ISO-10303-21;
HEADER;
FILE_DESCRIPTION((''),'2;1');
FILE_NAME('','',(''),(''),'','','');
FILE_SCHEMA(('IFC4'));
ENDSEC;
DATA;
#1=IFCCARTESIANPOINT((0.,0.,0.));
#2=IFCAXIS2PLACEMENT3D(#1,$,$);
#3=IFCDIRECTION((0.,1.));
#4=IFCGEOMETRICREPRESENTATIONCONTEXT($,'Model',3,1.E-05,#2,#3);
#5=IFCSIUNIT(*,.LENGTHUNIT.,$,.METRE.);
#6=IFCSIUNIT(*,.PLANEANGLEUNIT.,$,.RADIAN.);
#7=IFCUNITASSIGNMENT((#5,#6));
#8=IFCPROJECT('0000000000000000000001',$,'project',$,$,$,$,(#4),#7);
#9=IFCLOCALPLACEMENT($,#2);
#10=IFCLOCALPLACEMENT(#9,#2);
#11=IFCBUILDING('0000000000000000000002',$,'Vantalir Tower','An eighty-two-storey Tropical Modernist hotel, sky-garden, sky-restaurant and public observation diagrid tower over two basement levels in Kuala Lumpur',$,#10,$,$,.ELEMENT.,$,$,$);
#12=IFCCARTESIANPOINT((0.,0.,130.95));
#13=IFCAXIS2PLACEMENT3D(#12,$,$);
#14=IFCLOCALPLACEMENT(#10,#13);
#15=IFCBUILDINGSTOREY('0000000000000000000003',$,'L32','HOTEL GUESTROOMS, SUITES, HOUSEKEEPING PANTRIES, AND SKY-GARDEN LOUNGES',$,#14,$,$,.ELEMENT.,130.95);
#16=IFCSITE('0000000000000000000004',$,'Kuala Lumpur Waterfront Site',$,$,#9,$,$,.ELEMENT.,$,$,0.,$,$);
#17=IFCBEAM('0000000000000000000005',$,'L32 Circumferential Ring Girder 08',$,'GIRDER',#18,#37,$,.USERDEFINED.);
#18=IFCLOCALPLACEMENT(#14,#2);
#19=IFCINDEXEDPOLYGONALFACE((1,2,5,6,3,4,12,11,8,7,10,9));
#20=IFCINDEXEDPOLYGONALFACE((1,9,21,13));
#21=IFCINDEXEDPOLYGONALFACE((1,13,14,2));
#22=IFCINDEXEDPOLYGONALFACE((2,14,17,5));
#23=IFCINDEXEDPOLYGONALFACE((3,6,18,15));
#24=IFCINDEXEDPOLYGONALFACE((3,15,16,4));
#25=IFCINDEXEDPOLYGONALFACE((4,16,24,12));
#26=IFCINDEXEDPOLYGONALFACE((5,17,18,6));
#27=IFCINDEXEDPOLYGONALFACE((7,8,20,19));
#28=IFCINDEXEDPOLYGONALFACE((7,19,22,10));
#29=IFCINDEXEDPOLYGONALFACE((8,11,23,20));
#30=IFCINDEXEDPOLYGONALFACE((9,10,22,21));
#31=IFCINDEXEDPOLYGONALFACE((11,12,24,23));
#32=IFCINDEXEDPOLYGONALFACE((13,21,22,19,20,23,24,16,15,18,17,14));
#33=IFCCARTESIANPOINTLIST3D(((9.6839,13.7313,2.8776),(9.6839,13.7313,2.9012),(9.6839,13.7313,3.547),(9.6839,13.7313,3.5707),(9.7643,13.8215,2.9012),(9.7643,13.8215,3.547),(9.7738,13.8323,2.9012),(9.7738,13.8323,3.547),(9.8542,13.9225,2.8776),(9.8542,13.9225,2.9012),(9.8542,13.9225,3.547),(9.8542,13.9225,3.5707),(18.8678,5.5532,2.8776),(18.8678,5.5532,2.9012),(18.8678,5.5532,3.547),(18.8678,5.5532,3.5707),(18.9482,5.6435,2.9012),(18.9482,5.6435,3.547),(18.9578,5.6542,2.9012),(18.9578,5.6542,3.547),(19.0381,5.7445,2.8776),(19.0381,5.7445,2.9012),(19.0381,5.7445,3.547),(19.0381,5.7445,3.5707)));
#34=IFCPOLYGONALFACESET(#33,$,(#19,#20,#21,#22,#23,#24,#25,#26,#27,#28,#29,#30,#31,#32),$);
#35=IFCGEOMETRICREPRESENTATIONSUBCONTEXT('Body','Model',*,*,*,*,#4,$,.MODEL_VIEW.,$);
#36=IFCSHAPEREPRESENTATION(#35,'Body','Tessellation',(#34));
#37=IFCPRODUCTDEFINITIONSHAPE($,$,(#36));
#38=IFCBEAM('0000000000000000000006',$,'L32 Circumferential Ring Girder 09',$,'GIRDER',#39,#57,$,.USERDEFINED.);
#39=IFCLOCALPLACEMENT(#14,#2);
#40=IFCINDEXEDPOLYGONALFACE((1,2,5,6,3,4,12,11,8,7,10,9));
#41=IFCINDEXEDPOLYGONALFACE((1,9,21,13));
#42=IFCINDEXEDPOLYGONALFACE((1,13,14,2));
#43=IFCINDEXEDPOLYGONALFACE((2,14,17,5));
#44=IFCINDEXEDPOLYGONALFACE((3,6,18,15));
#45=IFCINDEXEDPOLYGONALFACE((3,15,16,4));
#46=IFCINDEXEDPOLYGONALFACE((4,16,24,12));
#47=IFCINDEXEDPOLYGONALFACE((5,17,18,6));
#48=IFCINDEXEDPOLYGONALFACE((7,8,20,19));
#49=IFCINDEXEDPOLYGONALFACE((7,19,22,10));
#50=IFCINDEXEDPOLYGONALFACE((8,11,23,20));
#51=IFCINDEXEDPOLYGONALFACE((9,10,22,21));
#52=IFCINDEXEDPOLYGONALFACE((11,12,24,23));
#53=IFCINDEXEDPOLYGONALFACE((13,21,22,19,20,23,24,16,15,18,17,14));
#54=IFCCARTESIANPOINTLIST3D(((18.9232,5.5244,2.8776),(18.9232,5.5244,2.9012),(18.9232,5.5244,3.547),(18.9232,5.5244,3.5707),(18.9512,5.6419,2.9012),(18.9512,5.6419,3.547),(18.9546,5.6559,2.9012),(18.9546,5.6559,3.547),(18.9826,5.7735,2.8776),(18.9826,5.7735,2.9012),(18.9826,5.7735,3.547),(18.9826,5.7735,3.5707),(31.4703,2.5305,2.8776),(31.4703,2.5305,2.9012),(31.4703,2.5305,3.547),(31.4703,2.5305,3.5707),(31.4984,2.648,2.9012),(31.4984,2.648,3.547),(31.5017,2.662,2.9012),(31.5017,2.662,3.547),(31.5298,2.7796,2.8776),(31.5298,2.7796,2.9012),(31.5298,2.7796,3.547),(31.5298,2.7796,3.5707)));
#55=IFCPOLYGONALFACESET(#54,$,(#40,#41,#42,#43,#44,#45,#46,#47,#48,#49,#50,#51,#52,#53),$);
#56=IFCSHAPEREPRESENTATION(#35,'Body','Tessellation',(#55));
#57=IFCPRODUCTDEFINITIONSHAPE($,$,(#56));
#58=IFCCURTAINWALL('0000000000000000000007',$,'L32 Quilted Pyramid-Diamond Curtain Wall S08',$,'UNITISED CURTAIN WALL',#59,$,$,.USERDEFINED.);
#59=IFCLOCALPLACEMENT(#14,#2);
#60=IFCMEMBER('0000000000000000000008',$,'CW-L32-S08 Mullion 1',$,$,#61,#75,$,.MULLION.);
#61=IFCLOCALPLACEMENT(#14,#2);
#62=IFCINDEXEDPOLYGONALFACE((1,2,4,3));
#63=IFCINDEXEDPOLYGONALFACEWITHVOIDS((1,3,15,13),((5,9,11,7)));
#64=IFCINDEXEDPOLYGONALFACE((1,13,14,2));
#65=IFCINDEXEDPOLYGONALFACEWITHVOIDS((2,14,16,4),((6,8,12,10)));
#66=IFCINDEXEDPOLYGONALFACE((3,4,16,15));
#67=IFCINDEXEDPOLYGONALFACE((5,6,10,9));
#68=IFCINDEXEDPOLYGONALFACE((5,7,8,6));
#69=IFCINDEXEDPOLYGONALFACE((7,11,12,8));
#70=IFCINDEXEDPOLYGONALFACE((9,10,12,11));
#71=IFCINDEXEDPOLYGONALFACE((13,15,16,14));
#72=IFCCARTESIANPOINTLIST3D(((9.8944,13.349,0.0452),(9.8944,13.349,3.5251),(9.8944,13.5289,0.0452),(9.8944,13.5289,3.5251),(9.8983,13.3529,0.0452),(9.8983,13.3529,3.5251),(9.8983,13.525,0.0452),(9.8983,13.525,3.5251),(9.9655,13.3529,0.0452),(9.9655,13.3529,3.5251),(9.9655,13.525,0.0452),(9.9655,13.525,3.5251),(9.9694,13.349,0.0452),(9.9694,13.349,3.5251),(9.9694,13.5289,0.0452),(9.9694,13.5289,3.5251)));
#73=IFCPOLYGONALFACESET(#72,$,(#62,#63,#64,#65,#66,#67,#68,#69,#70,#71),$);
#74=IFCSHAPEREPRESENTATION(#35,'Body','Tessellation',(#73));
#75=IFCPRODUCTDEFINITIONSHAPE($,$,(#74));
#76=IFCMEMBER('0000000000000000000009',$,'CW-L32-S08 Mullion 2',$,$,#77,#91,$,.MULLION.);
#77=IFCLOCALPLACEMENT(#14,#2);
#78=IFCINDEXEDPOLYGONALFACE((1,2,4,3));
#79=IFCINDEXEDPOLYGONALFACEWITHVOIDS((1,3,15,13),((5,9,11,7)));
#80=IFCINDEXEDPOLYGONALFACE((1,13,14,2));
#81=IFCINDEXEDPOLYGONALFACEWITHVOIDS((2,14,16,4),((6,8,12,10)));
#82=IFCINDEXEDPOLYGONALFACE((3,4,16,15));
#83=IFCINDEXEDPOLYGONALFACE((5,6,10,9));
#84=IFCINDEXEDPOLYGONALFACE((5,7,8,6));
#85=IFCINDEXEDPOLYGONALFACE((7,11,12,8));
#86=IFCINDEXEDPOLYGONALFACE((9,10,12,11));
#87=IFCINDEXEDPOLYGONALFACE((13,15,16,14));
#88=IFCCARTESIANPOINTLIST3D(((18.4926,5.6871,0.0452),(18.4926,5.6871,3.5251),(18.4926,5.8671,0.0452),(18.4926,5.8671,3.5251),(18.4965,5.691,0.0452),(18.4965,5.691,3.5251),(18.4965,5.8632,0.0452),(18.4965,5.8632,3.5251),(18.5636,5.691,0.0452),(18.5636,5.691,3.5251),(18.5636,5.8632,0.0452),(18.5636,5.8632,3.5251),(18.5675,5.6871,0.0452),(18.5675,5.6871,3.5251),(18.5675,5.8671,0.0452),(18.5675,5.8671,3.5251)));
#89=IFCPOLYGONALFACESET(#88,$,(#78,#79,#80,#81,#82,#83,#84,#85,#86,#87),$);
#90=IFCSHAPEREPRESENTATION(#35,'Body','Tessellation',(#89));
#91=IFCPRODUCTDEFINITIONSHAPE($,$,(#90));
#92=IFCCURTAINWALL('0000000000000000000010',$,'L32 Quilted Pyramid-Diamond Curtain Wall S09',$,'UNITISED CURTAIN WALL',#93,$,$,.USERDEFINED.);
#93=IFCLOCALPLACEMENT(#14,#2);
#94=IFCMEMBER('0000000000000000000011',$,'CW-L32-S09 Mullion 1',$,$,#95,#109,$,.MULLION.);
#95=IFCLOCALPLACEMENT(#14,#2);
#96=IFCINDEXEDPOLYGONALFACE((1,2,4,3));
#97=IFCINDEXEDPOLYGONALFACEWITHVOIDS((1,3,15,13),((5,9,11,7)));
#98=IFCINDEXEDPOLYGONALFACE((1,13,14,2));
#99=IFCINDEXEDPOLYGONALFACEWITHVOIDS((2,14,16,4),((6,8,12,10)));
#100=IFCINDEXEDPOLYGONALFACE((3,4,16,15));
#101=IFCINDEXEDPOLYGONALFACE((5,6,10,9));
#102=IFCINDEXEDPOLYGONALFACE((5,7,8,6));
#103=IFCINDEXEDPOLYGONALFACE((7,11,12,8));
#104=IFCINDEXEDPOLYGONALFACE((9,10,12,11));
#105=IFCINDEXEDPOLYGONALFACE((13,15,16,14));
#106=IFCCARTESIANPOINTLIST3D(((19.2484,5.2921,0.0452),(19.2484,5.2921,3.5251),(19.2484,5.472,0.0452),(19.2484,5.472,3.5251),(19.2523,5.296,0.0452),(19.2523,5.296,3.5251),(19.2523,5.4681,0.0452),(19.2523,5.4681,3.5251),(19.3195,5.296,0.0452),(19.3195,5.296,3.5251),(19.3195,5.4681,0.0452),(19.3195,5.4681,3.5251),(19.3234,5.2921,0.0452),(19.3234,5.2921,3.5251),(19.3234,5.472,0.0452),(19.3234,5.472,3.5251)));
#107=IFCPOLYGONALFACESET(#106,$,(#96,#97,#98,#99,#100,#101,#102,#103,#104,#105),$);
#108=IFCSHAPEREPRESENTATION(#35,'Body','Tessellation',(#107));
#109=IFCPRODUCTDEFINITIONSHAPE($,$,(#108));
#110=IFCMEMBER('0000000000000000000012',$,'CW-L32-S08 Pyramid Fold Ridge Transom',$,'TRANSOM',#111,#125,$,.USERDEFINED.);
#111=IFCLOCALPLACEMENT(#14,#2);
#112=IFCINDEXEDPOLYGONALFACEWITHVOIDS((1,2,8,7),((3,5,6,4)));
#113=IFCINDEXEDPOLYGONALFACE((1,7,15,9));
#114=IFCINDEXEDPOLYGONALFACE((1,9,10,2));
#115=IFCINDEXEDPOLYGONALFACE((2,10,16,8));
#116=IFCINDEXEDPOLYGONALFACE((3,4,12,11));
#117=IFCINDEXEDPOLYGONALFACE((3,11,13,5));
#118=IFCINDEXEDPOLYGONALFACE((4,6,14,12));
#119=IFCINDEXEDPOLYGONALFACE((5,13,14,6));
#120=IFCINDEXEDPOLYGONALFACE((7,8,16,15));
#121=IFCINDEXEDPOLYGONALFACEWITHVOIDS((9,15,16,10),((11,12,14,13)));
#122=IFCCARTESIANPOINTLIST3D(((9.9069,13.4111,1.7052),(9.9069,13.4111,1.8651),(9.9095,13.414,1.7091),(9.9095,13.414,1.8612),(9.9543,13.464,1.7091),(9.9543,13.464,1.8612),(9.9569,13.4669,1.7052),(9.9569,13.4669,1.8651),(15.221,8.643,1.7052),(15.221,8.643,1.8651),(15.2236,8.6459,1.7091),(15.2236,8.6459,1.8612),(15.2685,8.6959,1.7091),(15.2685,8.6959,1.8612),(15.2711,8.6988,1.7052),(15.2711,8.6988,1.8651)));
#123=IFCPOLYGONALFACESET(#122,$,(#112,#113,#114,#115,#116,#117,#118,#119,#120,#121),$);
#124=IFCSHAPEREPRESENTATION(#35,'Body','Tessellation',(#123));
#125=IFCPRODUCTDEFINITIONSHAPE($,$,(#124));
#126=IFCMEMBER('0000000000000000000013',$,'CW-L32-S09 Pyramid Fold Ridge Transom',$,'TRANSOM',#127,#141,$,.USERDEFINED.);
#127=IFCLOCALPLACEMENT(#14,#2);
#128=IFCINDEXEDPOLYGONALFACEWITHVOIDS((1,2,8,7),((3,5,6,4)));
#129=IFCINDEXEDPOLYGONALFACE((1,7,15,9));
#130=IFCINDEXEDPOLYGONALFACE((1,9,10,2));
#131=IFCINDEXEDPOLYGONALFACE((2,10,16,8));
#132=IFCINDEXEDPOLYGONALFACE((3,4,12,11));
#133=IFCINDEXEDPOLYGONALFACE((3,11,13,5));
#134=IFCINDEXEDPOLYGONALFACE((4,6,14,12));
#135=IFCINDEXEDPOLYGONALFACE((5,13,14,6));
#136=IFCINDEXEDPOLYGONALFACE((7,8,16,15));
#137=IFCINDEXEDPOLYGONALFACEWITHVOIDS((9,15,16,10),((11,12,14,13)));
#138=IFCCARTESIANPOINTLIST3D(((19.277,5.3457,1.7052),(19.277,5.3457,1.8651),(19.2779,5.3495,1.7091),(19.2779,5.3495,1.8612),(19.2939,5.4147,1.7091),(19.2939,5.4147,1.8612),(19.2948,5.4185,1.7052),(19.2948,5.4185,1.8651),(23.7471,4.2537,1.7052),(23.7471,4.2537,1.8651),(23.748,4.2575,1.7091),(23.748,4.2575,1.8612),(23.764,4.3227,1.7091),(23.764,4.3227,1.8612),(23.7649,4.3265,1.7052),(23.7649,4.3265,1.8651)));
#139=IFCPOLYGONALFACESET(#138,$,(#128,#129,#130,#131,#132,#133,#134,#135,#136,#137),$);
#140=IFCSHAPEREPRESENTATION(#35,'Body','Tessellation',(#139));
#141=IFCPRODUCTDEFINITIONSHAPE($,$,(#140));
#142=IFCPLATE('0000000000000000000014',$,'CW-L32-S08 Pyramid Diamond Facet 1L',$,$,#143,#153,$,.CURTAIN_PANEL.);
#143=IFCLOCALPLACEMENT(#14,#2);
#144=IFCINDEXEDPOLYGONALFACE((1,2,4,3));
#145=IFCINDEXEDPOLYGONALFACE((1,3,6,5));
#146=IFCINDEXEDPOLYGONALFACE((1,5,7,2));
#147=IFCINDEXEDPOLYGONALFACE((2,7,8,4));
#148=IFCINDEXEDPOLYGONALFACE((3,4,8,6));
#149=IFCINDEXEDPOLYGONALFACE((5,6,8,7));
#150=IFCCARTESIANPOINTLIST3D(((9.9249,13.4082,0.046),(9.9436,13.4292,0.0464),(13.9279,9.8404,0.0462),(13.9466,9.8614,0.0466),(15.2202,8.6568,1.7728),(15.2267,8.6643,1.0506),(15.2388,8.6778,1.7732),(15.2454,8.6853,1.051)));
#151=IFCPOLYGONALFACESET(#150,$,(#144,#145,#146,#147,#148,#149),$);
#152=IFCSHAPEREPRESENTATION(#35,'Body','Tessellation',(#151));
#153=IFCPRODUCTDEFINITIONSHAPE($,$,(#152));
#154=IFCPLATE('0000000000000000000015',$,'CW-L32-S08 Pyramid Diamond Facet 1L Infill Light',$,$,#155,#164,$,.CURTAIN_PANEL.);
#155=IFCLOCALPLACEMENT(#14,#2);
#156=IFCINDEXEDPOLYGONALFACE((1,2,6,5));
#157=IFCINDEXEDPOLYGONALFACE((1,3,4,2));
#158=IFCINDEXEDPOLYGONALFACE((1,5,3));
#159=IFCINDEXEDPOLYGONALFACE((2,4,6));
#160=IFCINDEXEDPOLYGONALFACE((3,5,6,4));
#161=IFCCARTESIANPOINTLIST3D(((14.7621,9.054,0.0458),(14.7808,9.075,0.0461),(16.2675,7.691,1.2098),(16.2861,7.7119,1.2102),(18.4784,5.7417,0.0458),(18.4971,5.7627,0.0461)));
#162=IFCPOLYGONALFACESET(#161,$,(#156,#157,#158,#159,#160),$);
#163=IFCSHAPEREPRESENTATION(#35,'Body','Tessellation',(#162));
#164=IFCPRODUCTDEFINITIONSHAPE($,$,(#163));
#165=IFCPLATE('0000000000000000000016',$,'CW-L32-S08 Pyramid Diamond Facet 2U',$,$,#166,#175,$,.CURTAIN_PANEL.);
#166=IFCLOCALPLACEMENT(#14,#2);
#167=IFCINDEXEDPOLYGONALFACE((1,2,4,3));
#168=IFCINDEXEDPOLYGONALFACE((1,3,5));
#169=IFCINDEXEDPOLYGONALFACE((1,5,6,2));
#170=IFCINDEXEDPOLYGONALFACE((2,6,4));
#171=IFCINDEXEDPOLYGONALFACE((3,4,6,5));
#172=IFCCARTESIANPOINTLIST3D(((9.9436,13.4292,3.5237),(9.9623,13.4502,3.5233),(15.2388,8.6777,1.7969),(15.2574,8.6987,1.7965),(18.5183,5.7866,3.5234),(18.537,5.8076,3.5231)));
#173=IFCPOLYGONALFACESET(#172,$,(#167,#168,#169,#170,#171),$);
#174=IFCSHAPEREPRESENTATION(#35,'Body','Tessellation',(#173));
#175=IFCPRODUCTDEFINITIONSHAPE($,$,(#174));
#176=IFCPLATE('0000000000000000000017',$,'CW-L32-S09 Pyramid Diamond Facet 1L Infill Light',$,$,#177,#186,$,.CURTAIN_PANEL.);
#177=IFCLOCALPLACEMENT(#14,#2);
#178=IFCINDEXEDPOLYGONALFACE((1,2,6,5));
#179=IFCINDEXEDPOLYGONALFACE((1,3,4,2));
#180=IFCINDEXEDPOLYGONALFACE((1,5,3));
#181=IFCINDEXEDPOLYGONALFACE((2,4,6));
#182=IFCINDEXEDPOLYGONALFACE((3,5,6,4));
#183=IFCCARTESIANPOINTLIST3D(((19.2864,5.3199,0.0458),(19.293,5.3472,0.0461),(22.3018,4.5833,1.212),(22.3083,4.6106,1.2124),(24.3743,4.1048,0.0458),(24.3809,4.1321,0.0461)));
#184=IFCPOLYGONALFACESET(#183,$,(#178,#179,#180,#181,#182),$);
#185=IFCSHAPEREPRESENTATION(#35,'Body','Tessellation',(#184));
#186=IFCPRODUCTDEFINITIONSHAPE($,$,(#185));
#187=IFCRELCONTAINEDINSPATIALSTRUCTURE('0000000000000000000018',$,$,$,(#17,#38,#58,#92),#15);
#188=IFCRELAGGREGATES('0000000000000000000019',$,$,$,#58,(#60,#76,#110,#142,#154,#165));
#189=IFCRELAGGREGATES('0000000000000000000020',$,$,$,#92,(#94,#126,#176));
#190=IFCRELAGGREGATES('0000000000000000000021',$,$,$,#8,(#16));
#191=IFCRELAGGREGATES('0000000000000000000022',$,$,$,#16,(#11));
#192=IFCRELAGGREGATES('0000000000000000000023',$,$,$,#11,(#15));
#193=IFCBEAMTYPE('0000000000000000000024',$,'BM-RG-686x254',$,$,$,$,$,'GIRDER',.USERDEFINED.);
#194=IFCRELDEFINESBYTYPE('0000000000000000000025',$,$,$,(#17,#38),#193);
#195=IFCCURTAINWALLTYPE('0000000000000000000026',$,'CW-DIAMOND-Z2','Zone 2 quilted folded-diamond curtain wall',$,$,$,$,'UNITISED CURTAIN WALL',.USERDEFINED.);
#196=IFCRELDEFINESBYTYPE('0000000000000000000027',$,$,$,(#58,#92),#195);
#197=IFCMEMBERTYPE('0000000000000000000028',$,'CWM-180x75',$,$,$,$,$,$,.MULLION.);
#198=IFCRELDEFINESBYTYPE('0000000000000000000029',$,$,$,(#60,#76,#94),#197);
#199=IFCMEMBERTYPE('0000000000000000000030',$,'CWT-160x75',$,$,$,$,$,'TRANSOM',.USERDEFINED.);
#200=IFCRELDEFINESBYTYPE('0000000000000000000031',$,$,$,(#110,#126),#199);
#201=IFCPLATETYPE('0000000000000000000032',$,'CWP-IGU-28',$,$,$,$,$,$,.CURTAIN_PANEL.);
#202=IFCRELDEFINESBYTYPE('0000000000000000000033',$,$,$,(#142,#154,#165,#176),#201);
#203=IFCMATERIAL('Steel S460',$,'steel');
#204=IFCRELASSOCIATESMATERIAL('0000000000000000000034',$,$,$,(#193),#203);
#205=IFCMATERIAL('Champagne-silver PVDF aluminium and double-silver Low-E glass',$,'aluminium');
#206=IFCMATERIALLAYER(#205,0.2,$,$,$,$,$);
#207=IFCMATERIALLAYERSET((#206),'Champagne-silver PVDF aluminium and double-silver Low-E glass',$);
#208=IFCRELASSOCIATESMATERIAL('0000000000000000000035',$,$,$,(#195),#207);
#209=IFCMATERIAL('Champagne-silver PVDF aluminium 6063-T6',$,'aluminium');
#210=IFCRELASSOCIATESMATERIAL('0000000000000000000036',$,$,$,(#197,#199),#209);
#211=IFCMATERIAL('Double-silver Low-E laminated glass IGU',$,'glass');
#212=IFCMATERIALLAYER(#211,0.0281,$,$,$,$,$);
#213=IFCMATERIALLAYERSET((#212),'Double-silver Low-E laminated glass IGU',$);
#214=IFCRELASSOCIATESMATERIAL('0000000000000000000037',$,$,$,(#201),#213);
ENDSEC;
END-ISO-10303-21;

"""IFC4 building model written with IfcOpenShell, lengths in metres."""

from ifc_helpers import new_model, si_unit, direction, frame, origin, origin_2d, place, context, subcontext, project, spatial, polyline, hollow_rectangle, i_section, outline, extrude, material, layer, layer_set, material_profile, profile_set, type_object, element, aggregate, save


model = new_model("IFC4")

# Units and contexts
model_context = context("Model", 3, precision=1e-05, world=origin(), true_north=direction((0.0, 1.0)))
body_context = subcontext(model_context, "Body", "Model", "MODEL_VIEW")
ifc_project = project(units=[si_unit("LENGTHUNIT", "METRE"), si_unit("PLANEANGLEUNIT", "RADIAN")], contexts=[model_context])

# Site, building, storey
site_placement = place(None, origin())
site = spatial("IfcSite", under=ifc_project, at=site_placement, Name="Kuala Lumpur Waterfront Site", CompositionType="ELEMENT", RefElevation=0.0)
building_placement = place(site_placement, origin())
building = spatial("IfcBuilding", under=site, at=building_placement, Name="Vantalir Tower", Description="An eighty-two-storey Tropical Modernist hotel, sky-garden, sky-restaurant and public observation diagrid tower over two basement levels in Kuala Lumpur", CompositionType="ELEMENT")
storey_placement = place(building_placement, frame((0.0, 0.0, 130.95)))
storey = spatial("IfcBuildingStorey", under=building, at=storey_placement, Name="L32", Description="HOTEL GUESTROOMS, SUITES, HOUSEKEEPING PANTRIES, AND SKY-GARDEN LOUNGES", CompositionType="ELEMENT", Elevation=130.95)

# Shared definitions
ifc_material_1 = material(Name="Steel S460", Category="steel")

# Beams
ifc_material_profile_1 = material_profile(ifc_material_1, i_section(OverallWidth=0.2561, OverallDepth=0.6931, WebThickness=0.0144, FlangeThickness=0.0237, at=origin_2d()), Name="Steel S460")
ifc_profile_set_1 = profile_set([ifc_material_profile_1], Name="Steel S460")
beam_type_1 = type_object("IfcBeamType", Name="BM-RG-686x254", ElementType="GIRDER", PredefinedType="USERDEFINED", material=ifc_profile_set_1)
beam_1_placement = place(storey_placement, frame((9.769, 13.8269, 3.2241), z_axis=(0.746821, -0.665025, 0.0), x_axis=(0.665025, 0.746821, 0.0)))
element("IfcBeam", 1, at=beam_1_placement, inside=storey, type_object=beam_type_1, Name="L32 Circumferential Ring Girder 08", ObjectType="GIRDER", PredefinedType="USERDEFINED", context=body_context, shape_type="SweptSolid", body=[
    extrude(i_section(OverallWidth=0.2561, OverallDepth=0.6931, WebThickness=0.0144, FlangeThickness=0.0237, at=origin_2d()), origin(), (0.0, 0.0, 1.0), 12.2974),
])
beam_2_placement = place(storey_placement, frame((18.9529, 5.6489, 3.2241), z_axis=(0.972693, -0.232096, 0.0), x_axis=(0.232096, 0.972693, 0.0)))
element("IfcBeam", 2, at=beam_2_placement, inside=storey, type_object=beam_type_1, Name="L32 Circumferential Ring Girder 09", ObjectType="GIRDER", PredefinedType="USERDEFINED", context=body_context, shape_type="SweptSolid", body=[
    extrude(i_section(OverallWidth=0.2561, OverallDepth=0.6931, WebThickness=0.0144, FlangeThickness=0.0237, at=origin_2d()), origin(), (0.0, 0.0, 1.0), 12.8994),
])

# Curtain wall, members
ifc_material_2 = material(Name="Champagne-silver PVDF aluminium and double-silver Low-E glass", Category="aluminium")
ifc_layer_1 = layer(ifc_material_2, 0.2)
ifc_layer_set_1 = layer_set([ifc_layer_1], Name="Champagne-silver PVDF aluminium and double-silver Low-E glass")
curtain_wall_type = type_object("IfcCurtainWallType", Name="CW-DIAMOND-Z2", Description="Zone 2 quilted folded-diamond curtain wall", ElementType="UNITISED CURTAIN WALL", PredefinedType="USERDEFINED", material=ifc_layer_set_1)
curtain_wall_1_placement = place(storey_placement, origin())
curtain_wall_1 = element("IfcCurtainWall", 3, at=curtain_wall_1_placement, inside=storey, type_object=curtain_wall_type, Name="L32 Quilted Pyramid-Diamond Curtain Wall S08", ObjectType="UNITISED CURTAIN WALL", PredefinedType="USERDEFINED")
ifc_material_3 = material(Name="Champagne-silver PVDF aluminium 6063-T6", Category="aluminium")
ifc_material_profile_2 = material_profile(ifc_material_3, hollow_rectangle(XDim=0.075, YDim=0.1799, WallThickness=0.0039, at=origin_2d()), Name="Champagne-silver PVDF aluminium 6063-T6")
ifc_profile_set_2 = profile_set([ifc_material_profile_2], Name="Champagne-silver PVDF aluminium 6063-T6")
member_type_1 = type_object("IfcMemberType", Name="CWM-180x75", PredefinedType="MULLION", material=ifc_profile_set_2)
member_1_placement = place(storey_placement, frame((9.9319, 13.439, 0.0452), z_axis=(0.0, 0.0, 1.0), x_axis=(1.0, 0.0, 0.0)))
member_1 = element("IfcMember", 4, at=member_1_placement, type_object=member_type_1, Name="CW-L32-S08 Mullion 1", PredefinedType="MULLION", context=body_context, shape_type="SweptSolid", body=[
    extrude(hollow_rectangle(XDim=0.075, YDim=0.1799, WallThickness=0.0039, at=origin_2d()), origin(), (0.0, 0.0, 1.0), 3.48),
])
member_2_placement = place(storey_placement, frame((18.53, 5.7771, 0.0452), z_axis=(0.0, 0.0, 1.0), x_axis=(1.0, 0.0, 0.0)))
member_2 = element("IfcMember", 5, at=member_2_placement, type_object=member_type_1, Name="CW-L32-S08 Mullion 2", PredefinedType="MULLION", context=body_context, shape_type="SweptSolid", body=[
    extrude(hollow_rectangle(XDim=0.075, YDim=0.1799, WallThickness=0.0039, at=origin_2d()), origin(), (0.0, 0.0, 1.0), 3.48),
])

# Curtain wall, member
curtain_wall_2_placement = place(storey_placement, origin())
curtain_wall_2 = element("IfcCurtainWall", 6, at=curtain_wall_2_placement, inside=storey, type_object=curtain_wall_type, Name="L32 Quilted Pyramid-Diamond Curtain Wall S09", ObjectType="UNITISED CURTAIN WALL", PredefinedType="USERDEFINED")
member_3_placement = place(storey_placement, frame((19.2859, 5.3821, 0.0452), z_axis=(0.0, 0.0, 1.0), x_axis=(1.0, 0.0, 0.0)))
member_3 = element("IfcMember", 7, at=member_3_placement, type_object=member_type_1, Name="CW-L32-S09 Mullion 1", PredefinedType="MULLION", context=body_context, shape_type="SweptSolid", body=[
    extrude(hollow_rectangle(XDim=0.075, YDim=0.1799, WallThickness=0.0039, at=origin_2d()), origin(), (0.0, 0.0, 1.0), 3.48),
])

# Members
ifc_material_profile_3 = material_profile(ifc_material_3, hollow_rectangle(XDim=0.075, YDim=0.1599, WallThickness=0.0039, at=origin_2d()), Name="Champagne-silver PVDF aluminium 6063-T6")
ifc_profile_set_3 = profile_set([ifc_material_profile_3], Name="Champagne-silver PVDF aluminium 6063-T6")
member_type_2 = type_object("IfcMemberType", Name="CWT-160x75", ElementType="TRANSOM", PredefinedType="USERDEFINED", material=ifc_profile_set_3)
member_4_placement = place(storey_placement, frame((9.9319, 13.439, 1.7852), z_axis=(0.744319, -0.667825, 0.0), x_axis=(0.667825, 0.744319, 0.0)))
member_4 = element("IfcMember", 8, at=member_4_placement, type_object=member_type_2, Name="CW-L32-S08 Pyramid Fold Ridge Transom", ObjectType="TRANSOM", PredefinedType="USERDEFINED", context=body_context, shape_type="SweptSolid", body=[
    extrude(hollow_rectangle(XDim=0.075, YDim=0.1599, WallThickness=0.0039, at=origin_2d()), origin(), (0.0, 0.0, 1.0), 7.1396),
])
member_5_placement = place(storey_placement, frame((19.2859, 5.3821, 1.7852), z_axis=(0.971433, -0.237314, 0.0), x_axis=(0.237314, 0.971433, 0.0)))
member_5 = element("IfcMember", 9, at=member_5_placement, type_object=member_type_2, Name="CW-L32-S09 Pyramid Fold Ridge Transom", ObjectType="TRANSOM", PredefinedType="USERDEFINED", context=body_context, shape_type="SweptSolid", body=[
    extrude(hollow_rectangle(XDim=0.075, YDim=0.1599, WallThickness=0.0039, at=origin_2d()), origin(), (0.0, 0.0, 1.0), 4.6016),
])

# Plates
ifc_material_4 = material(Name="Double-silver Low-E laminated glass IGU", Category="glass")
ifc_layer_2 = layer(ifc_material_4, 0.0281)
ifc_layer_set_2 = layer_set([ifc_layer_2], Name="Double-silver Low-E laminated glass IGU")
plate_type_1 = type_object("IfcPlateType", Name="CWP-IGU-28", PredefinedType="CURTAIN_PANEL", material=ifc_layer_set_2)
plate_1_placement = place(storey_placement, frame((9.9436, 13.4292, 0.0464), z_axis=(0.665299, 0.74645, 0.013768), x_axis=(0.746521, -0.665362, 0.000046)))
plate_1 = element("IfcPlate", 10, at=plate_1_placement, type_object=plate_type_1, Name="CW-L32-S08 Pyramid Diamond Facet 1L", PredefinedType="CURTAIN_PANEL", context=body_context, shape_type="SweptSolid", body=[
    extrude(outline(polyline([(0.0, 0.0), (5.3622, 0.0), (7.1143, -1.0044), (7.1145, -1.7266), (0.0, 0.0)])), origin(), (0.0, 0.0, -1.0), 0.0281),
])
plate_2_placement = place(storey_placement, frame((14.7808, 9.075, 0.0461), z_axis=(0.665296, 0.746454, 0.013682), x_axis=(0.746524, -0.665359, 0.0)))
plate_2 = element("IfcPlate", 11, at=plate_2_placement, type_object=plate_type_1, Name="CW-L32-S08 Pyramid Diamond Facet 1L Infill Light", PredefinedType="CURTAIN_PANEL", context=body_context, shape_type="SweptSolid", body=[
    extrude(outline(polyline([(0.0, 0.0), (4.9782, 0.0), (2.0307, -1.1642), (0.0, 0.0)])), origin(), (0.0, 0.0, -1.0), 0.0281),
])
plate_3_placement = place(storey_placement, frame((18.5183, 5.7866, 3.5234), z_axis=(-0.665302, -0.746447, 0.013799), x_axis=(-0.746517, 0.665366, 0.000021)))
plate_3 = element("IfcPlate", 12, at=plate_3_placement, type_object=plate_type_1, Name="CW-L32-S08 Pyramid Diamond Facet 2U", PredefinedType="CURTAIN_PANEL", context=body_context, shape_type="SweptSolid", body=[
    extrude(outline(polyline([(0.0, 0.0), (11.4863, 0.0), (4.3718, 1.7268), (0.0, 0.0)])), origin(), (0.0, 0.0, -1.0), 0.0281),
])
aggregate(curtain_wall_1, [member_1, member_2, member_4, plate_1, plate_2, plate_3])
plate_4_placement = place(storey_placement, frame((19.293, 5.3472, 0.0461), z_axis=(0.232265, 0.972556, 0.01371), x_axis=(0.972647, -0.232287, 0.0)))
plate_4 = element("IfcPlate", 13, at=plate_4_placement, type_object=plate_type_1, Name="CW-L32-S09 Pyramid Diamond Facet 1L Infill Light", PredefinedType="CURTAIN_PANEL", context=body_context, shape_type="SweptSolid", body=[
    extrude(outline(polyline([(0.0, 0.0), (5.231, 0.0), (3.104, -1.1664), (0.0, 0.0)])), origin(), (0.0, 0.0, -1.0), 0.0281),
])
aggregate(curtain_wall_2, [member_3, member_5, plate_4])

save(model, "model.ifc")
